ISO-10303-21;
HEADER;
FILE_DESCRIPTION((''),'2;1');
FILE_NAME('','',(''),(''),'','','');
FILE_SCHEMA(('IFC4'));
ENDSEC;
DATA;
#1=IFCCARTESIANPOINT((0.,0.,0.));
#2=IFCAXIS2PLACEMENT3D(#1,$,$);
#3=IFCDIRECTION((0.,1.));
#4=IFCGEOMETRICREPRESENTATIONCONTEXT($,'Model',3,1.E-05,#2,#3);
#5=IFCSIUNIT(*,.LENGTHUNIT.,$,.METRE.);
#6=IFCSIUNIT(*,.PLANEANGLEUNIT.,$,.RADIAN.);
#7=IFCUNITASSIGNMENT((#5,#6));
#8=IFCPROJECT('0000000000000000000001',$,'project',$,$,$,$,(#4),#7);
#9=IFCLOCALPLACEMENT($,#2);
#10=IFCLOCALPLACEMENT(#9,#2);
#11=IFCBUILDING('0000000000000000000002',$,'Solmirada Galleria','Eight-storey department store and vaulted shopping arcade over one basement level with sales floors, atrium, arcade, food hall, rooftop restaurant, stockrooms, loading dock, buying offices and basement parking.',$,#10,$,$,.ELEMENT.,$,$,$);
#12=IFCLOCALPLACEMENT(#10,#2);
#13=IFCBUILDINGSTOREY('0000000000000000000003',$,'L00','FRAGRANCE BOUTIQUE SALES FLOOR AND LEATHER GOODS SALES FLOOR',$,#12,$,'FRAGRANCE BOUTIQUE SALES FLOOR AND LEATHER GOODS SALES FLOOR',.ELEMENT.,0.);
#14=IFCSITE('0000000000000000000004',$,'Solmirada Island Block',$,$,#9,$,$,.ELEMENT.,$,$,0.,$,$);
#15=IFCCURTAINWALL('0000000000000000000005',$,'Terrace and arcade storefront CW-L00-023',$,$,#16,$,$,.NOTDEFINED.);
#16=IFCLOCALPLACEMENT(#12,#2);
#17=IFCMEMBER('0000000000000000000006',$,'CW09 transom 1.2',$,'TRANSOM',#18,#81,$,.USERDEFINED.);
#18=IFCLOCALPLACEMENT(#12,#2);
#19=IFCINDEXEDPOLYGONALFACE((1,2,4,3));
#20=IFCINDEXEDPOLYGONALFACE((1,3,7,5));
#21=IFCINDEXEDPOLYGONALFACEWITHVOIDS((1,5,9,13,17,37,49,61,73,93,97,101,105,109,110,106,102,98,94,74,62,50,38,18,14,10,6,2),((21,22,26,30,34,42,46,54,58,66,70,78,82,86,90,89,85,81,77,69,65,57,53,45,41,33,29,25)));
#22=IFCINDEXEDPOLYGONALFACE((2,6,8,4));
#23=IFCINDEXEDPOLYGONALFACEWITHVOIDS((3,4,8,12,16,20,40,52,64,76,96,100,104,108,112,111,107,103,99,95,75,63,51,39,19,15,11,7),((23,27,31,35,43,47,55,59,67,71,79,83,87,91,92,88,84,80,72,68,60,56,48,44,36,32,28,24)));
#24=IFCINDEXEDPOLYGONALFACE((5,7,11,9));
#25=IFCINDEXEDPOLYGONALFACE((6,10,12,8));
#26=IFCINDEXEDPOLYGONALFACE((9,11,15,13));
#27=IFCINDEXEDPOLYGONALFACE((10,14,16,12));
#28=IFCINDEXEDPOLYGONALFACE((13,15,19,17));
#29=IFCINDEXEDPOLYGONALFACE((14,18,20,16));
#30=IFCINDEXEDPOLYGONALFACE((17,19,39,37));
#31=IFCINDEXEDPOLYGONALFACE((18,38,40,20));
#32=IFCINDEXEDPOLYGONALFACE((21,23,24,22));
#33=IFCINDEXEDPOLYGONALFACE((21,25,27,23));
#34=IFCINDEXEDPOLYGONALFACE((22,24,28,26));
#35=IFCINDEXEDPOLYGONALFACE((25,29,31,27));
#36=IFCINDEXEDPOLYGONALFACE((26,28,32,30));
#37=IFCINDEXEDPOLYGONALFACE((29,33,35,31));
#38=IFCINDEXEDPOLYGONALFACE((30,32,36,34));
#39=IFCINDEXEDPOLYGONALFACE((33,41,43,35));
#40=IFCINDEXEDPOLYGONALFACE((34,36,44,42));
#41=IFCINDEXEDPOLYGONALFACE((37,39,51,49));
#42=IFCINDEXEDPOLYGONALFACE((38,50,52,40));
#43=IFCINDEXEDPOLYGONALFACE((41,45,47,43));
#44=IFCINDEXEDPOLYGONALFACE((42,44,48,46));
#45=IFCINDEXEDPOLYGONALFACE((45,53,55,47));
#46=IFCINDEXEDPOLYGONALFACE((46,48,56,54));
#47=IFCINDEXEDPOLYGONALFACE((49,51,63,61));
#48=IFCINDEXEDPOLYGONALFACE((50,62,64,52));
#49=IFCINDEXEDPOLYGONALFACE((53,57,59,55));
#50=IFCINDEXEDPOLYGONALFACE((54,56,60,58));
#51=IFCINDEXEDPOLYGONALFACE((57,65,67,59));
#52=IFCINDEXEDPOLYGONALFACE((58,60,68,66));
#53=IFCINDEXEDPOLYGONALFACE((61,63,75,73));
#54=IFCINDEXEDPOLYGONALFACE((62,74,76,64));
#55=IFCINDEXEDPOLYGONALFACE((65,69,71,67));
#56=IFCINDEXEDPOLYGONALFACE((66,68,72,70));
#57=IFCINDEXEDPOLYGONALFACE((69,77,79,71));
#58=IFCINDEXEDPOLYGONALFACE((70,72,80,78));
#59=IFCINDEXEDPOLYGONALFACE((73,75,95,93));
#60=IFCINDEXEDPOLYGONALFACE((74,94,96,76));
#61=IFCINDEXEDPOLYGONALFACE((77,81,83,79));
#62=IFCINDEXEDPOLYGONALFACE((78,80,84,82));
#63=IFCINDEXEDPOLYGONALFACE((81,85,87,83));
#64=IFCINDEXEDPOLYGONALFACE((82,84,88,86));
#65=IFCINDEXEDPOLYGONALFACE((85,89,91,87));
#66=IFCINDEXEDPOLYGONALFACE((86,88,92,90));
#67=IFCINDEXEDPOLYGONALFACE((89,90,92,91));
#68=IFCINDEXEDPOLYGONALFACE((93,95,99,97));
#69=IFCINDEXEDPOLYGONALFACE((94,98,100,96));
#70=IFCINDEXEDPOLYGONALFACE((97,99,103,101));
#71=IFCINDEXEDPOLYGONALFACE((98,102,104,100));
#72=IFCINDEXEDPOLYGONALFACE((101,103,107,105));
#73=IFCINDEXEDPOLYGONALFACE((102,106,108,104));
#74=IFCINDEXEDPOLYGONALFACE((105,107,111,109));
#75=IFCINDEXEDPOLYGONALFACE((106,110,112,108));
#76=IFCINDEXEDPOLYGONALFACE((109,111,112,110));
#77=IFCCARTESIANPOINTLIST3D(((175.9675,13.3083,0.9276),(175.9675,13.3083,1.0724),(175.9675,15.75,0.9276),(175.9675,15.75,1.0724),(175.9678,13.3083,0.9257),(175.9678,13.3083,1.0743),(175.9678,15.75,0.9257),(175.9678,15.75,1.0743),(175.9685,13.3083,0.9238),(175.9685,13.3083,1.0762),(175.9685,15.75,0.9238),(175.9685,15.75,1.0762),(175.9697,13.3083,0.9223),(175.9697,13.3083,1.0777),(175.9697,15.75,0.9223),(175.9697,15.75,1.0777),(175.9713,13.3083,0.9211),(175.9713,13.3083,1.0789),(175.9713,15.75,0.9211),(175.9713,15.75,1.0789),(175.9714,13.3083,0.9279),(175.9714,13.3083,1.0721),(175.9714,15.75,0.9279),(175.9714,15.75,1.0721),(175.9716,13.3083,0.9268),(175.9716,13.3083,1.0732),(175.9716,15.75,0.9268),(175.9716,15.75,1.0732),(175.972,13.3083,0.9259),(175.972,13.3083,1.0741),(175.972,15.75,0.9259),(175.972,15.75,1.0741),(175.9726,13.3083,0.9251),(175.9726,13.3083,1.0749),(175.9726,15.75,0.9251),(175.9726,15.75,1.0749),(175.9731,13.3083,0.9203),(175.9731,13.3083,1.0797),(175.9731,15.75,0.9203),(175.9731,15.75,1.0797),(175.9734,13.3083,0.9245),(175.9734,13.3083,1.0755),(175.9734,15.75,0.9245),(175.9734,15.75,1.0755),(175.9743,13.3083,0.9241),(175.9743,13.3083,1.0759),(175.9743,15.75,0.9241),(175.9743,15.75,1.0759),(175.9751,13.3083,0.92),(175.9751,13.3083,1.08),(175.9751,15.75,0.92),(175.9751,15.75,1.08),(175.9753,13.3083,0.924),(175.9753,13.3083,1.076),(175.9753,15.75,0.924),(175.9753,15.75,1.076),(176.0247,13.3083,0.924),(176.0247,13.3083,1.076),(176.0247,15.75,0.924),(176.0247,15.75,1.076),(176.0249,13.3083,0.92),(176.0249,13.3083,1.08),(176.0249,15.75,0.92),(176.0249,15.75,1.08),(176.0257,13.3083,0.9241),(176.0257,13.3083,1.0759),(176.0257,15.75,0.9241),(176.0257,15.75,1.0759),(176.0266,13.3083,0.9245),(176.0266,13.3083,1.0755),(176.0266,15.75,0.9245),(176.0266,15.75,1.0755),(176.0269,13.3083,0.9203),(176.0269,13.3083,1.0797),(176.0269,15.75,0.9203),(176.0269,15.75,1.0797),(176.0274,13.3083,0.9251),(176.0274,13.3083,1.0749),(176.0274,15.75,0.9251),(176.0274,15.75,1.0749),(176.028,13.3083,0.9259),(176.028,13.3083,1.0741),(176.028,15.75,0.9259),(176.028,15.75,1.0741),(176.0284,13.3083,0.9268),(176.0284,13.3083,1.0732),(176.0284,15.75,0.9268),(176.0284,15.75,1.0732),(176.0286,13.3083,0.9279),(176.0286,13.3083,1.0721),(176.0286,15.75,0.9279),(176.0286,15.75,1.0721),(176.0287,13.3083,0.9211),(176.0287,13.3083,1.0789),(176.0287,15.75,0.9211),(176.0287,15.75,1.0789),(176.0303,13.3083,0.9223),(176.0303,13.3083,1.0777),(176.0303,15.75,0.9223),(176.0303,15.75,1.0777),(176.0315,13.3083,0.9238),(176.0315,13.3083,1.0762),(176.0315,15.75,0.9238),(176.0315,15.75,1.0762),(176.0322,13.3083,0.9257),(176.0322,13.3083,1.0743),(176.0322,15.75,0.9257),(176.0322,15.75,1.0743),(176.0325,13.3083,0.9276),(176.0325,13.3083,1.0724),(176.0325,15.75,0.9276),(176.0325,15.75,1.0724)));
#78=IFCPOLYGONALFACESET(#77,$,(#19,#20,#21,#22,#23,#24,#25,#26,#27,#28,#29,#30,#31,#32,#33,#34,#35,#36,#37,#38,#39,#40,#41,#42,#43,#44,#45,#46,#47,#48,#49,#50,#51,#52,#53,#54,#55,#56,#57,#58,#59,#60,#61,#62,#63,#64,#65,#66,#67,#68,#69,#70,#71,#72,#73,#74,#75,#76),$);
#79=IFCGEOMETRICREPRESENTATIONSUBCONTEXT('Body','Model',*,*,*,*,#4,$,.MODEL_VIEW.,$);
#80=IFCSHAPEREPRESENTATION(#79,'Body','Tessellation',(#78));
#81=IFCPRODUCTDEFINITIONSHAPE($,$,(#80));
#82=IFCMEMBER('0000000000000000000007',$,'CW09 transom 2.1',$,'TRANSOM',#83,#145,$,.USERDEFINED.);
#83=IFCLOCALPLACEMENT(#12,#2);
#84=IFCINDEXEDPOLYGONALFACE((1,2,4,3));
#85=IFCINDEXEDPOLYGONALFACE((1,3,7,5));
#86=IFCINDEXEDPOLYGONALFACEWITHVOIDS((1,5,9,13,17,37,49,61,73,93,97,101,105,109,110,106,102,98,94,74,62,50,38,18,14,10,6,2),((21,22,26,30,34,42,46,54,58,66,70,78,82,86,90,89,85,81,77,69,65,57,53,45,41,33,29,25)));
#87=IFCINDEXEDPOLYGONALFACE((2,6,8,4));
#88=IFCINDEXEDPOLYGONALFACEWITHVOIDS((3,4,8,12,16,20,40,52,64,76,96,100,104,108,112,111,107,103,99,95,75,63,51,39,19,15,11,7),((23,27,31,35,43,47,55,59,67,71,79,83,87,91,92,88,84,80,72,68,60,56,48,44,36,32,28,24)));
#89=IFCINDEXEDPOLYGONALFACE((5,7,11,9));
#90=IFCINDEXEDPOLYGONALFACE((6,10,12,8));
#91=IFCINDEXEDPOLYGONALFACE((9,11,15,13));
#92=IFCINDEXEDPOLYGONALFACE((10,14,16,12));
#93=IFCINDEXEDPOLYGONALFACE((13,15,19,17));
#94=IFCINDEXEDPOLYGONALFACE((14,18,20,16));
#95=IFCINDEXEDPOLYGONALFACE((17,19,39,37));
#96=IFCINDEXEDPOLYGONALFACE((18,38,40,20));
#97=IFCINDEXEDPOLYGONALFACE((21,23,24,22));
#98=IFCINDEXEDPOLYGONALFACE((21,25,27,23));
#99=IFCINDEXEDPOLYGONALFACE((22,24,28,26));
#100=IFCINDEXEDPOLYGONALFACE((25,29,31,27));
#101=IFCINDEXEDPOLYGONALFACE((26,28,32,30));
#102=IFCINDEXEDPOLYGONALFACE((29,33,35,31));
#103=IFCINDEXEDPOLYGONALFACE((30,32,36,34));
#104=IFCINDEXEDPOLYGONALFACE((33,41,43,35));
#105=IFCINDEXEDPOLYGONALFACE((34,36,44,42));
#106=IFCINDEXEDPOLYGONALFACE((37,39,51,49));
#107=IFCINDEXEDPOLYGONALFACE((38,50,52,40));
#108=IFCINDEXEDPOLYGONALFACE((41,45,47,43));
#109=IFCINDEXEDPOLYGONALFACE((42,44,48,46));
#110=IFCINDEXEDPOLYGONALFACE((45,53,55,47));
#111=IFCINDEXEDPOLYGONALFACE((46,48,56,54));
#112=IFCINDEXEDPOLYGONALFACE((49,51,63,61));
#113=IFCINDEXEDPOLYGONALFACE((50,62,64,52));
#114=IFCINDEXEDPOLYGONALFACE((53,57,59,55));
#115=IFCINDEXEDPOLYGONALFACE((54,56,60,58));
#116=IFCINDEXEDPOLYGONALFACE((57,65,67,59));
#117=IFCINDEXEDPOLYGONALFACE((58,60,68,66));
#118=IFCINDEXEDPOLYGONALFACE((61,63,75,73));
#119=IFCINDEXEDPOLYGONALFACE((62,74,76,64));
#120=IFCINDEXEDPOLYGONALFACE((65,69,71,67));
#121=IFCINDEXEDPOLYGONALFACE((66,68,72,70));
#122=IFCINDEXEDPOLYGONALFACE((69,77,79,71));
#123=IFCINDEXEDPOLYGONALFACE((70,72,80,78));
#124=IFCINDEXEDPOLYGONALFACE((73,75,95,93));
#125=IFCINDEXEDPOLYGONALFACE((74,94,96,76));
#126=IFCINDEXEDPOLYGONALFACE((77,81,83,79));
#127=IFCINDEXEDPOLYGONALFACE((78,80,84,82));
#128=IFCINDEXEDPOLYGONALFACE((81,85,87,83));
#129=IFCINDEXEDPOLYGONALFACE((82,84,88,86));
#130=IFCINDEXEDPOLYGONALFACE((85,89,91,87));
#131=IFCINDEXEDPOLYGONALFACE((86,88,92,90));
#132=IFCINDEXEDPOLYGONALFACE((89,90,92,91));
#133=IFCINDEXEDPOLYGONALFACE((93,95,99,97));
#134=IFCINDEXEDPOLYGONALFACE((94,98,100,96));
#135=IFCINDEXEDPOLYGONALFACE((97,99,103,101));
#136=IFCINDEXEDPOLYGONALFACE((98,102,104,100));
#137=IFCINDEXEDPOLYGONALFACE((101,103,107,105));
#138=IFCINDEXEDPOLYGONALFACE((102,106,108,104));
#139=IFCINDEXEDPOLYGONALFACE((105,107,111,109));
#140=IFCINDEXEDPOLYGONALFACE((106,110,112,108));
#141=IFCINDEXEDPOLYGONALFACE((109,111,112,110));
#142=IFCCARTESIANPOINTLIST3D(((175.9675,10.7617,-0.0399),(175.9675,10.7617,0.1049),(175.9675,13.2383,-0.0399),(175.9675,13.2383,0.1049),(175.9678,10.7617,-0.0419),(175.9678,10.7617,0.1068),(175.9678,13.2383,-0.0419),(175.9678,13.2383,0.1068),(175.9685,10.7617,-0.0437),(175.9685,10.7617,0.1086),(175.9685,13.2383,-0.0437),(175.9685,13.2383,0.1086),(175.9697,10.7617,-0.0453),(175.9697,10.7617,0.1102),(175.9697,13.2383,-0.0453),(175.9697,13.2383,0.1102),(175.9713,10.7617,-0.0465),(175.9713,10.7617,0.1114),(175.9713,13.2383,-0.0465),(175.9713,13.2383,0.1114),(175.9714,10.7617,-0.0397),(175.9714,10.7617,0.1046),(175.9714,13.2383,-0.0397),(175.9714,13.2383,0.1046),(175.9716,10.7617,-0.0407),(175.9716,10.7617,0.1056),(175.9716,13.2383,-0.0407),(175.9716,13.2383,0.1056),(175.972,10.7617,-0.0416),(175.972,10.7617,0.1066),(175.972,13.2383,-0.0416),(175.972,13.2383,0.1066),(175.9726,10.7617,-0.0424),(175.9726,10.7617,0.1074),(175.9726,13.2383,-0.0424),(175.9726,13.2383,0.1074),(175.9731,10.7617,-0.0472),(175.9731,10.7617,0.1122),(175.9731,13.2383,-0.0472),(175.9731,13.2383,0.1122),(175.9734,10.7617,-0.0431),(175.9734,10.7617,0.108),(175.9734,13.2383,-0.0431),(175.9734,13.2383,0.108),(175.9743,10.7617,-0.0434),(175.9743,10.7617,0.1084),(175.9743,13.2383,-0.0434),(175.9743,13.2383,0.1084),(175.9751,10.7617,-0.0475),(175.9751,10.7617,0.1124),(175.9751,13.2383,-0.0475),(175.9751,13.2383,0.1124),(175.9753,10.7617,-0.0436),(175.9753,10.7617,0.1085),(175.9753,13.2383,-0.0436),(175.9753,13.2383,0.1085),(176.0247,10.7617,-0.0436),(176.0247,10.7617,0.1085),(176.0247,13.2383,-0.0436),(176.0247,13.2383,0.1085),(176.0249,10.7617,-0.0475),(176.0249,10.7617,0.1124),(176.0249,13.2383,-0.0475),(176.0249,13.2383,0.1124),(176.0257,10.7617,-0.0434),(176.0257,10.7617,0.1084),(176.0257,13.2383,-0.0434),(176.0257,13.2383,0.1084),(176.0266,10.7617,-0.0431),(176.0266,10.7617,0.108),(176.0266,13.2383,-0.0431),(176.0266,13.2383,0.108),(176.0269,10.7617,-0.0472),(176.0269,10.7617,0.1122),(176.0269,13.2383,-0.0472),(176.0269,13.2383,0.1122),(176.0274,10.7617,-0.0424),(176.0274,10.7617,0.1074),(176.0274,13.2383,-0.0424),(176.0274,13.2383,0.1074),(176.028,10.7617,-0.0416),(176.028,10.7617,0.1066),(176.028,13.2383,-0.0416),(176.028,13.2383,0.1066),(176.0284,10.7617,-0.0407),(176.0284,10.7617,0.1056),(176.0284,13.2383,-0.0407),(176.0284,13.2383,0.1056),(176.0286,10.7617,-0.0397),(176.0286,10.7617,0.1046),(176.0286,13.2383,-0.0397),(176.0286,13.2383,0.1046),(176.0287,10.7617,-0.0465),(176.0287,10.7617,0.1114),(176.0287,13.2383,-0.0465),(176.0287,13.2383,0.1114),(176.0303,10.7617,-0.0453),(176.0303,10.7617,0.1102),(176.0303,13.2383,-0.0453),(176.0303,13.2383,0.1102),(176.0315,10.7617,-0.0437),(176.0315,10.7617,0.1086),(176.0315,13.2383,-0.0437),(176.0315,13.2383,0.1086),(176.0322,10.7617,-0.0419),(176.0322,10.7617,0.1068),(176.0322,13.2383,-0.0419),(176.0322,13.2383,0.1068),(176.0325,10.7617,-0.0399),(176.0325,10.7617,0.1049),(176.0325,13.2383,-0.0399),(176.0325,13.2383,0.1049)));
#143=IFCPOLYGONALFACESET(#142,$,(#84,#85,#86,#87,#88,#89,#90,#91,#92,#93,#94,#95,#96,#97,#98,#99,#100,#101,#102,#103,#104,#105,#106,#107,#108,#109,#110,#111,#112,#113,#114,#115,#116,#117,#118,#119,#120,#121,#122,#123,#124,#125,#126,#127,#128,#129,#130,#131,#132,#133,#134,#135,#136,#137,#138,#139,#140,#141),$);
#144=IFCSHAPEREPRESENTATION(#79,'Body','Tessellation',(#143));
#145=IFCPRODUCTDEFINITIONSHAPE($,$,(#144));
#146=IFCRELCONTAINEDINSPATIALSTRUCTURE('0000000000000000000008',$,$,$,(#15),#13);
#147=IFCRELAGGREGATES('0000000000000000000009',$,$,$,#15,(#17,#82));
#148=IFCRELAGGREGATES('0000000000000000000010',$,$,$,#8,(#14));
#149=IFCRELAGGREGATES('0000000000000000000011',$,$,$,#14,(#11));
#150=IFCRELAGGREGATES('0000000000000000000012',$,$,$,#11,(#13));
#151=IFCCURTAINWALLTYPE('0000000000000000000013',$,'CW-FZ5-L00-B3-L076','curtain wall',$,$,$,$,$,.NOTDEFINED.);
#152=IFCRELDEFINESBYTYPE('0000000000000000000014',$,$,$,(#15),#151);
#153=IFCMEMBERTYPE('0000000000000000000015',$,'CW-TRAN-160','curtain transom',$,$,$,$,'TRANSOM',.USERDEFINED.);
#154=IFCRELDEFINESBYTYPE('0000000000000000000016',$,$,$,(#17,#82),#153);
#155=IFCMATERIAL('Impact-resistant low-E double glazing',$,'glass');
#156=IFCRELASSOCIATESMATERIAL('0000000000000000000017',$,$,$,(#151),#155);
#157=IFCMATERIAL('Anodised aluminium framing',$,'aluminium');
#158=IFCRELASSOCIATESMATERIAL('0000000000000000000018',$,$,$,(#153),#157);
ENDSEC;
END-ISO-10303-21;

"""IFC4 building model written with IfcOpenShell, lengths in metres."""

from ifc_helpers import new_model, si_unit, direction, frame, origin, origin_2d, place, context, subcontext, project, spatial, hollow_rectangle, extrude, material, material_profile, profile_set, type_object, element, aggregate, save


model = new_model("IFC4")

# Units and contexts
model_context = context("Model", 3, precision=1e-05, world=origin(), true_north=direction((0.0, 1.0)))
body_context = subcontext(model_context, "Body", "Model", "MODEL_VIEW")
ifc_project = project(units=[si_unit("LENGTHUNIT", "METRE"), si_unit("PLANEANGLEUNIT", "RADIAN")], contexts=[model_context])

# Site, building, storey
site_placement = place(None, origin())
site = spatial("IfcSite", under=ifc_project, at=site_placement, Name="Solmirada Island Block", CompositionType="ELEMENT", RefElevation=0.0)
building_placement = place(site_placement, origin())
building = spatial("IfcBuilding", under=site, at=building_placement, Name="Solmirada Galleria", Description="Eight-storey department store and vaulted shopping arcade over one basement level with sales floors, atrium, arcade, food hall, rooftop restaurant, stockrooms, loading dock, buying offices and basement parking.", CompositionType="ELEMENT")
storey_placement = place(building_placement, origin())
storey = spatial("IfcBuildingStorey", under=building, at=storey_placement, Name="L00", Description="FRAGRANCE BOUTIQUE SALES FLOOR AND LEATHER GOODS SALES FLOOR", LongName="FRAGRANCE BOUTIQUE SALES FLOOR AND LEATHER GOODS SALES FLOOR", CompositionType="ELEMENT", Elevation=0.0)

# Curtain wall
ifc_material_1 = material(Name="Impact-resistant low-E double glazing", Category="glass")
curtain_wall_type = type_object("IfcCurtainWallType", Name="CW-FZ5-L00-B3-L076", Description="curtain wall", PredefinedType="NOTDEFINED", material=ifc_material_1)
curtain_wall_1_placement = place(storey_placement, origin())
curtain_wall_1 = element("IfcCurtainWall", 1, at=curtain_wall_1_placement, inside=storey, type_object=curtain_wall_type, Name="Terrace and arcade storefront CW-L00-023", PredefinedType="NOTDEFINED")
ifc_material_2 = material(Name="Anodised aluminium framing", Category="aluminium")

# Members
ifc_material_profile_1 = material_profile(ifc_material_2, hollow_rectangle(XDim=0.0649, YDim=0.1599, WallThickness=0.0039, InnerFilletRadius=0.0039, OuterFilletRadius=0.0076, at=origin_2d()), Name="ALU-TRAN-160X65")
ifc_profile_set_1 = profile_set([ifc_material_profile_1], Name="Anodised aluminium framing")
member_type_1 = type_object("IfcMemberType", Name="CW-TRAN-160", Description="curtain transom", ElementType="TRANSOM", PredefinedType="USERDEFINED", material=ifc_profile_set_1)
member_1_placement = place(storey_placement, frame((176.0, 15.75, 1.0), z_axis=(0.0, -1.0, 0.0), x_axis=(1.0, 0.0, 0.0)))
member_1 = element("IfcMember", 2, at=member_1_placement, type_object=member_type_1, Name="CW09 transom 1.2", ObjectType="TRANSOM", PredefinedType="USERDEFINED", context=body_context, shape_type="SweptSolid", body=[
    extrude(hollow_rectangle(XDim=0.0649, YDim=0.1599, WallThickness=0.0039, InnerFilletRadius=0.0039, OuterFilletRadius=0.0076, at=origin_2d()), origin(), (0.0, 0.0, 1.0), 2.4417),
])
member_2_placement = place(storey_placement, frame((176.0, 13.2383, 0.0325), z_axis=(0.0, -1.0, 0.0), x_axis=(1.0, 0.0, 0.0)))
member_2 = element("IfcMember", 3, at=member_2_placement, type_object=member_type_1, Name="CW09 transom 2.1", ObjectType="TRANSOM", PredefinedType="USERDEFINED", context=body_context, shape_type="SweptSolid", body=[
    extrude(hollow_rectangle(XDim=0.0649, YDim=0.1599, WallThickness=0.0039, InnerFilletRadius=0.0039, OuterFilletRadius=0.0076, at=origin_2d()), origin(), (0.0, 0.0, 1.0), 2.4766),
])

aggregate(curtain_wall_1, [member_1, member_2])

save(model, "model.ifc")
